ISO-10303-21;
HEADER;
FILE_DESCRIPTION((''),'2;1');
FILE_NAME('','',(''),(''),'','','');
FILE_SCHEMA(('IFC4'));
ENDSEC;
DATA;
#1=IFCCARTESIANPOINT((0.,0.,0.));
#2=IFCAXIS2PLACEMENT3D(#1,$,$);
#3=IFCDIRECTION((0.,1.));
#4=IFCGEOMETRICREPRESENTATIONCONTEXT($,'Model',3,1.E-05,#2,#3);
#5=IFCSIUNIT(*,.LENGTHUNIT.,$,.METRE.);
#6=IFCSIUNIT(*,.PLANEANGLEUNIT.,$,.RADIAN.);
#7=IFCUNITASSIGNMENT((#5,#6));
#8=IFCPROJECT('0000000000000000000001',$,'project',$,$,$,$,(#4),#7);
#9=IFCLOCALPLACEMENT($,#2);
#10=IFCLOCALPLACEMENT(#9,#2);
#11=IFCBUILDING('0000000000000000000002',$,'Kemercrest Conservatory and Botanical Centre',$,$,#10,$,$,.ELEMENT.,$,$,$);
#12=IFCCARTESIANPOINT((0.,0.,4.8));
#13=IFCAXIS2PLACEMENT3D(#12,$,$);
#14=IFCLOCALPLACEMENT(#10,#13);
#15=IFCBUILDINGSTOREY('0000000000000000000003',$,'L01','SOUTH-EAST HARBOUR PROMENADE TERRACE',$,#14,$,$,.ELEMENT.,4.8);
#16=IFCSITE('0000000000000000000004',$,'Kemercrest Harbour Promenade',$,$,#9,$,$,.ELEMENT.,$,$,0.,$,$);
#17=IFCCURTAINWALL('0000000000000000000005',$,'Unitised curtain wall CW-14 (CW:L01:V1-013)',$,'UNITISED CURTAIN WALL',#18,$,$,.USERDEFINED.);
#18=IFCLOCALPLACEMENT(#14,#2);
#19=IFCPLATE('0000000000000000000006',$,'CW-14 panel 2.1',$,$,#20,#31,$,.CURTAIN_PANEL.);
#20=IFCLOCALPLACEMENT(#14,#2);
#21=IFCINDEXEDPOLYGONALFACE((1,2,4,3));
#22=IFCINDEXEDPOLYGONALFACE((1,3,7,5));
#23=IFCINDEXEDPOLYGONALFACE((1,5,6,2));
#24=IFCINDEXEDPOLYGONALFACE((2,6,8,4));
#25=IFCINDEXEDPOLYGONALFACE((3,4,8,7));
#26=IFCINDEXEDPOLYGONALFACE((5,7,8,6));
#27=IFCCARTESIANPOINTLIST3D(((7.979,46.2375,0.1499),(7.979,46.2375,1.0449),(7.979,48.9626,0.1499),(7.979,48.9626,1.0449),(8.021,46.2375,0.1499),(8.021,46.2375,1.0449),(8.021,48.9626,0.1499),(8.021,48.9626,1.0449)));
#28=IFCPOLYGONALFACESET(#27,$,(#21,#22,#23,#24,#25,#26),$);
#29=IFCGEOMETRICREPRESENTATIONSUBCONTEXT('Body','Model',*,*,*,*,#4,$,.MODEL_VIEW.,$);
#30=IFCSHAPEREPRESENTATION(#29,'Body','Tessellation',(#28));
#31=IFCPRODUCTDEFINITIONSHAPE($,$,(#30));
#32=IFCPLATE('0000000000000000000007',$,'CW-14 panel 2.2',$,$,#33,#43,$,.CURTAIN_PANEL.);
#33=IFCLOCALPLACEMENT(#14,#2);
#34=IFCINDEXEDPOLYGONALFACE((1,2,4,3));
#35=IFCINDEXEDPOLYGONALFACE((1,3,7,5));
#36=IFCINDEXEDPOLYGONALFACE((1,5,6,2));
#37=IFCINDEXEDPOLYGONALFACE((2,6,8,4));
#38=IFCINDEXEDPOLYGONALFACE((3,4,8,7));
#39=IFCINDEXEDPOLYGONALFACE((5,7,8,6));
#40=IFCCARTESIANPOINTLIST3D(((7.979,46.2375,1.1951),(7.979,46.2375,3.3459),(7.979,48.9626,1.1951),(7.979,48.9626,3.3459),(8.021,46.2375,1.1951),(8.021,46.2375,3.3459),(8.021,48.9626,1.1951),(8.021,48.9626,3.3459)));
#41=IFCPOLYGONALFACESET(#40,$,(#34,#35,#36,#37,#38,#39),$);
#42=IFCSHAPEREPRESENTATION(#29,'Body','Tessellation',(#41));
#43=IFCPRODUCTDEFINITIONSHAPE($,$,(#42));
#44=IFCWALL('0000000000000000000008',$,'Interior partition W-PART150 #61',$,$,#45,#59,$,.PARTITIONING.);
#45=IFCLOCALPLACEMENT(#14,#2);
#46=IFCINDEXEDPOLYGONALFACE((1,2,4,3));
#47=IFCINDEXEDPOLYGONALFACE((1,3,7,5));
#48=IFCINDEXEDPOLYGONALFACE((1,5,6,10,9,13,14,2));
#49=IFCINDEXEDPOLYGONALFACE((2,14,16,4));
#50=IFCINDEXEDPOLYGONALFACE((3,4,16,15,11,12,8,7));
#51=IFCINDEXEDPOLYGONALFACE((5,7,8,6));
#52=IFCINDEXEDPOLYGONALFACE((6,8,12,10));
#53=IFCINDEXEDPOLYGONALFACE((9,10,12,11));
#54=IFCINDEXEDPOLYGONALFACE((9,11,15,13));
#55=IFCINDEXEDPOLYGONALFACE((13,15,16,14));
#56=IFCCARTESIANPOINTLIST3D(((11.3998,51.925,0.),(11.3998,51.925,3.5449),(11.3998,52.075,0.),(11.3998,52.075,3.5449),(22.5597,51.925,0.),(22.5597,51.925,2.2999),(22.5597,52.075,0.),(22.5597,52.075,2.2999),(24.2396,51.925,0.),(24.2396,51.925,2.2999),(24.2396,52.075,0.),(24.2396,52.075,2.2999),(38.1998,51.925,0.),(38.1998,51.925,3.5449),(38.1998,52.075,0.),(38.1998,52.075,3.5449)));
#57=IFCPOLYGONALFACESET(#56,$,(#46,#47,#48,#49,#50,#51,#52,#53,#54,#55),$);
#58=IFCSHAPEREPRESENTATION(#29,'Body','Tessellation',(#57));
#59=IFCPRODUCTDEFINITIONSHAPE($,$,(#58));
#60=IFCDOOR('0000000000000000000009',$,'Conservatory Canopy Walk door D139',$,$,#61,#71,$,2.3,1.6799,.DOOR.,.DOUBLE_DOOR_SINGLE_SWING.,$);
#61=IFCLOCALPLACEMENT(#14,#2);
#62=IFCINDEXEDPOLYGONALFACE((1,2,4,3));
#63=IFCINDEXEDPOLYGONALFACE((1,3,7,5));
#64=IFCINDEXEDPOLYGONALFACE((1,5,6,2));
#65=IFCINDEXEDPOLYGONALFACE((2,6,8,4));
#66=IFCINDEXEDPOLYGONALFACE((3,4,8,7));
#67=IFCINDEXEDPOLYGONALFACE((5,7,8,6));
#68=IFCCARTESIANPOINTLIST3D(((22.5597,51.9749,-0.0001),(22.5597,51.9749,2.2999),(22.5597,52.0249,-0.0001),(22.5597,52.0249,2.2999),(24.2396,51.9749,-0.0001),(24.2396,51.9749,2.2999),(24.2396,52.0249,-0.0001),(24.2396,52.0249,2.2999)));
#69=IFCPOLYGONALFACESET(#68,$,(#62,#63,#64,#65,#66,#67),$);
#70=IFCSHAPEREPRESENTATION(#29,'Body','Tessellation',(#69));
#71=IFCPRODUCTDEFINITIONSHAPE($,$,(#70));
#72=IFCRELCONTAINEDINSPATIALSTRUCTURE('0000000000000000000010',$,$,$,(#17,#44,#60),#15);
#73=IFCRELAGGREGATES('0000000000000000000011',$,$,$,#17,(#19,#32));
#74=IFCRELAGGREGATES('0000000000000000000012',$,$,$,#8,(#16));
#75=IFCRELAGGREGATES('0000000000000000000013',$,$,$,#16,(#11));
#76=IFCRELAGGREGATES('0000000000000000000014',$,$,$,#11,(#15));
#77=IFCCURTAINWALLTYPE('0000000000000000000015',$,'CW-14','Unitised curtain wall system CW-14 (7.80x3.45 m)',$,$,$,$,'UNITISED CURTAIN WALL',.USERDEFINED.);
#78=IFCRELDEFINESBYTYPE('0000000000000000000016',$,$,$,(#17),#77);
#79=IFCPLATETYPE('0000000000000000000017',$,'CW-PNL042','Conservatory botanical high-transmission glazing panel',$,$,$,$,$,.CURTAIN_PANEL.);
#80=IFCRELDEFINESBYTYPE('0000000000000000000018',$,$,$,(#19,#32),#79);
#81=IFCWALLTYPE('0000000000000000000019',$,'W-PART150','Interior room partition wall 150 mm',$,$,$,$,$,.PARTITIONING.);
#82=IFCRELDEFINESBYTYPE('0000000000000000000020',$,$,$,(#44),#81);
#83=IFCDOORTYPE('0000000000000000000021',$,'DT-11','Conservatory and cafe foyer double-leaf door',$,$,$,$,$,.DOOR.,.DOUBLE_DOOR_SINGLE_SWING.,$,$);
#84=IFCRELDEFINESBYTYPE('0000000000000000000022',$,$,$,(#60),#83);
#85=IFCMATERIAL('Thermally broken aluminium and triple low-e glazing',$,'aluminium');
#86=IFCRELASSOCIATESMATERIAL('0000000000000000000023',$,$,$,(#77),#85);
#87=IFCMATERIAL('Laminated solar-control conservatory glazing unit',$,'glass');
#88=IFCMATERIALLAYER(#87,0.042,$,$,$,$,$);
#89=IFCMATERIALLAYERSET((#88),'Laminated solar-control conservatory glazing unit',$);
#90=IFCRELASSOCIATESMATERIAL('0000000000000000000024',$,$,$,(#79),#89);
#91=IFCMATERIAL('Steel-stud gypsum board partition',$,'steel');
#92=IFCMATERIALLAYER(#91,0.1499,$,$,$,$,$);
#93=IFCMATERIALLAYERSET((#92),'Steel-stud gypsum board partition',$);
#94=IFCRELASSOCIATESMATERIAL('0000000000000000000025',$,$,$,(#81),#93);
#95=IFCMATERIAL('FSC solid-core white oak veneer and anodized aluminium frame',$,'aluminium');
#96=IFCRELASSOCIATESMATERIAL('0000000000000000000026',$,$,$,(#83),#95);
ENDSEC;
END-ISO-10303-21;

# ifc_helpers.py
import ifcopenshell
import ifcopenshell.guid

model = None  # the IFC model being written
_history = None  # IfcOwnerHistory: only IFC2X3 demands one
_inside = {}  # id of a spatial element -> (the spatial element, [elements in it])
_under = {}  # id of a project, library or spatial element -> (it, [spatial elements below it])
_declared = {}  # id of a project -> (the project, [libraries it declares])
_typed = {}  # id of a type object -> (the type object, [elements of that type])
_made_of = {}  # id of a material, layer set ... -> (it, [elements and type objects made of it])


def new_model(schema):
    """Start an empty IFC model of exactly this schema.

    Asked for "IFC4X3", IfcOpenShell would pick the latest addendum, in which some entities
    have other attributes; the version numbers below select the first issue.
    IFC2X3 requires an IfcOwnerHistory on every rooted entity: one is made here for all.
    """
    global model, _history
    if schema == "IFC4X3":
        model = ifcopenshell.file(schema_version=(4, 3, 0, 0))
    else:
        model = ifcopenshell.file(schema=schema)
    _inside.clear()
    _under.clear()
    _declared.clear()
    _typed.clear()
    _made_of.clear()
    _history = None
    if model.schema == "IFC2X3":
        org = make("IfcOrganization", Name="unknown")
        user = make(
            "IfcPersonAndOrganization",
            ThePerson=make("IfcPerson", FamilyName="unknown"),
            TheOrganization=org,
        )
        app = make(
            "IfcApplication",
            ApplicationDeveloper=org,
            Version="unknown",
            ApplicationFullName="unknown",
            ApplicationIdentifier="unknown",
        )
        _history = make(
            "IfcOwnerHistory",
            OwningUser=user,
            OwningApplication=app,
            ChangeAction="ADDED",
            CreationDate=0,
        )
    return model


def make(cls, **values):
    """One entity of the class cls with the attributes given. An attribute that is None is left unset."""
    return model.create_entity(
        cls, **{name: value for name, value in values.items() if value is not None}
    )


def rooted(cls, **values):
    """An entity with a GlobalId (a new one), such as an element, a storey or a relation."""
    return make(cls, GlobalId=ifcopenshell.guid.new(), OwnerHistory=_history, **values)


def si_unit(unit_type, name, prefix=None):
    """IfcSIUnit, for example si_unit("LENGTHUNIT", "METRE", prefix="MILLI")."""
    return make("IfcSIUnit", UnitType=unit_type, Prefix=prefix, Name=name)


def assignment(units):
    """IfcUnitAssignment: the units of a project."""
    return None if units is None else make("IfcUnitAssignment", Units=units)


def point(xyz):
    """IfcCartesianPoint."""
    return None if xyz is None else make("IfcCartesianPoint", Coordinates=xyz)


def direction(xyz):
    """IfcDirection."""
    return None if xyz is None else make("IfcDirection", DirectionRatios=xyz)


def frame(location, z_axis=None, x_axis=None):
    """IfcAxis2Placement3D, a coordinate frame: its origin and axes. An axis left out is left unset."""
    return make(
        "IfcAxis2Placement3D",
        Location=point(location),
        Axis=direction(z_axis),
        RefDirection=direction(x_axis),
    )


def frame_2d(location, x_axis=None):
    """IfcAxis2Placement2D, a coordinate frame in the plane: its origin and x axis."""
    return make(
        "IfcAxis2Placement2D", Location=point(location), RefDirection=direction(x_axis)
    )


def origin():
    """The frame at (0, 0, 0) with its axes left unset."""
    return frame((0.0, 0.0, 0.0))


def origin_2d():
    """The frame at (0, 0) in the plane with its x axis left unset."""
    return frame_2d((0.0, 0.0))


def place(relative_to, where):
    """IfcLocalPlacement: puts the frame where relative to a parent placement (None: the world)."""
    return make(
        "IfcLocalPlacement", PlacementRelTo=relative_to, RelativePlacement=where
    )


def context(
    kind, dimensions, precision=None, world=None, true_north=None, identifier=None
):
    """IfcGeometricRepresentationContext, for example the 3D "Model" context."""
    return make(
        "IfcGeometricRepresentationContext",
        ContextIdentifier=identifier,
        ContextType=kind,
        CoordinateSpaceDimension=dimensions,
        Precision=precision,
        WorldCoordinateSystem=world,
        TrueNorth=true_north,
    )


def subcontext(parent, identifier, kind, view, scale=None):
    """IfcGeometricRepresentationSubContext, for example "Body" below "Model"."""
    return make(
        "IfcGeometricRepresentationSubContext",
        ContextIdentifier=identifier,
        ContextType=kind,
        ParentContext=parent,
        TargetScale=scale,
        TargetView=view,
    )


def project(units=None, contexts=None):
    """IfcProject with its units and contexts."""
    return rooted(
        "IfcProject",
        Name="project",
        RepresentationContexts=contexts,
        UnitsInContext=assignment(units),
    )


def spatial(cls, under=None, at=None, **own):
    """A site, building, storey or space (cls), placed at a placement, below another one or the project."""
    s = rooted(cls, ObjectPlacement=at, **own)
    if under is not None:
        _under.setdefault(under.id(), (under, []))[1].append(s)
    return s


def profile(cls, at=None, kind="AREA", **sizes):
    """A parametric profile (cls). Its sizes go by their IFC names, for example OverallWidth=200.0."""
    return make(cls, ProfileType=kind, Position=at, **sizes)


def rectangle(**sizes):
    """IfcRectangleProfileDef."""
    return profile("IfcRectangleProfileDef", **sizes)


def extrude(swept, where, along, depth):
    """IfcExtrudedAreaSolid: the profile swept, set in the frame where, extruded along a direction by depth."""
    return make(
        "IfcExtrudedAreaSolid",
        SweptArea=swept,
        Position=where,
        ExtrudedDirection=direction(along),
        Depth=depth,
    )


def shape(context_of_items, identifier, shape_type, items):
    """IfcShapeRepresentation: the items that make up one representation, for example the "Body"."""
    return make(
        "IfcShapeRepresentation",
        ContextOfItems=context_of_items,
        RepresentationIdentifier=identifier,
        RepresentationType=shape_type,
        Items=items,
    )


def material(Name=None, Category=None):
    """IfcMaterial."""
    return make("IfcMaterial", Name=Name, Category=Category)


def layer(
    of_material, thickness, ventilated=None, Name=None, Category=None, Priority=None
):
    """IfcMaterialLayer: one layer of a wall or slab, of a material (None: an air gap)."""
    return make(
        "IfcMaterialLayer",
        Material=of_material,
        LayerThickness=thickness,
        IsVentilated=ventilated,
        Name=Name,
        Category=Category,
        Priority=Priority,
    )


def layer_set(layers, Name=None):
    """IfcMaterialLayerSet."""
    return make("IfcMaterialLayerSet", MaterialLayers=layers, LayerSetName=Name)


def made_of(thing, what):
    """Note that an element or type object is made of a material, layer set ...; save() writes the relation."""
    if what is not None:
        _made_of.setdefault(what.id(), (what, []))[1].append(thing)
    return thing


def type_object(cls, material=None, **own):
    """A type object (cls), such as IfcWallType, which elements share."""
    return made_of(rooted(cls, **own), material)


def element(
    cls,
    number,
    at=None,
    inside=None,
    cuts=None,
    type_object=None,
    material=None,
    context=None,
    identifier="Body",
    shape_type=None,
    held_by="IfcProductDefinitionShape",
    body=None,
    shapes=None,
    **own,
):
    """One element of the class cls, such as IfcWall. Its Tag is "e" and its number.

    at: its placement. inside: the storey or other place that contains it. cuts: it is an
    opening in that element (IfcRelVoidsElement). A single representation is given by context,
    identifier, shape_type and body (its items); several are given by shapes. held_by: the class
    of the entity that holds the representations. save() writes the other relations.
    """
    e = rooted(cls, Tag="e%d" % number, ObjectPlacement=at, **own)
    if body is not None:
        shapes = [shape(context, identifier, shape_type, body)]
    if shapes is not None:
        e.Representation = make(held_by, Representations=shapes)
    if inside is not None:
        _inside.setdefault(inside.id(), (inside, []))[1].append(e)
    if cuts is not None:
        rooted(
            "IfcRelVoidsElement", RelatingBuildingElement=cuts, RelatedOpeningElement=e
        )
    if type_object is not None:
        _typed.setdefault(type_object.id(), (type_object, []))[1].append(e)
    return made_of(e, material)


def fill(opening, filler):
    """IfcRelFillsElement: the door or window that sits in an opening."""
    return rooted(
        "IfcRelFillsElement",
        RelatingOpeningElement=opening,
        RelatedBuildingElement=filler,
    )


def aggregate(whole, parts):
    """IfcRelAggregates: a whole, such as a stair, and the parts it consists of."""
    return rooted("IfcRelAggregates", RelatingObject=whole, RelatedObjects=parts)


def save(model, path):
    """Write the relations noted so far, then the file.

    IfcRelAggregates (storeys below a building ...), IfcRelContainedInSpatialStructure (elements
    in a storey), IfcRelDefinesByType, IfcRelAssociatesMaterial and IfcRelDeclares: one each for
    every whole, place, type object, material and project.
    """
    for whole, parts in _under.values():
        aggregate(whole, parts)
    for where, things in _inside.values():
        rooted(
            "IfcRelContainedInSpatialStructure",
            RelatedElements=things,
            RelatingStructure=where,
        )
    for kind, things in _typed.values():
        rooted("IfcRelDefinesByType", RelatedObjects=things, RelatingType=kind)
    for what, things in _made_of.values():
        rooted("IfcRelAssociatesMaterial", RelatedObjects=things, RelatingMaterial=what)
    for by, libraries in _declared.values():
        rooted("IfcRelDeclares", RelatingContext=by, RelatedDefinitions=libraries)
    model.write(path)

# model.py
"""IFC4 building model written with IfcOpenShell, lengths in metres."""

from ifc_helpers import new_model, si_unit, direction, frame, frame_2d, origin, origin_2d, place, context, subcontext, project, spatial, rectangle, extrude, material, layer, layer_set, type_object, element, fill, aggregate, save


model = new_model("IFC4")

# Units and contexts
model_context = context("Model", 3, precision=1e-05, world=origin(), true_north=direction((0.0, 1.0)))
body_context = subcontext(model_context, "Body", "Model", "MODEL_VIEW")
ifc_project = project(units=[si_unit("LENGTHUNIT", "METRE"), si_unit("PLANEANGLEUNIT", "RADIAN")], contexts=[model_context])

# Site, building, storey
site_placement = place(None, origin())
site = spatial("IfcSite", under=ifc_project, at=site_placement, Name="Kemercrest Harbour Promenade", CompositionType="ELEMENT", RefElevation=0.0)
building_placement = place(site_placement, origin())
building = spatial("IfcBuilding", under=site, at=building_placement, Name="Kemercrest Conservatory and Botanical Centre", CompositionType="ELEMENT")
storey_placement = place(building_placement, frame((0.0, 0.0, 4.8)))
storey = spatial("IfcBuildingStorey", under=building, at=storey_placement, Name="L01", Description="SOUTH-EAST HARBOUR PROMENADE TERRACE", CompositionType="ELEMENT", Elevation=4.8)

# Curtain wall
ifc_material_1 = material(Name="Thermally broken aluminium and triple low-e glazing", Category="aluminium")
curtain_wall_type = type_object("IfcCurtainWallType", Name="CW-14", Description="Unitised curtain wall system CW-14 (7.80x3.45 m)", ElementType="UNITISED CURTAIN WALL", PredefinedType="USERDEFINED", material=ifc_material_1)
curtain_wall_placement = place(storey_placement, origin())
curtain_wall = element("IfcCurtainWall", 1, at=curtain_wall_placement, inside=storey, type_object=curtain_wall_type, Name="Unitised curtain wall CW-14 (CW:L01:V1-013)", ObjectType="UNITISED CURTAIN WALL", PredefinedType="USERDEFINED")

# Plates
ifc_material_2 = material(Name="Laminated solar-control conservatory glazing unit", Category="glass")
ifc_layer_1 = layer(ifc_material_2, 0.042)
ifc_layer_set_1 = layer_set([ifc_layer_1], Name="Laminated solar-control conservatory glazing unit")
plate_type = type_object("IfcPlateType", Name="CW-PNL042", Description="Conservatory botanical high-transmission glazing panel", PredefinedType="CURTAIN_PANEL", material=ifc_layer_set_1)
plate_1_placement = place(storey_placement, frame((8.0, 47.6001, 0.1499), z_axis=(0.0, 0.0, 1.0), x_axis=(0.0, -1.0, 0.0)))
plate_1 = element("IfcPlate", 2, at=plate_1_placement, type_object=plate_type, Name="CW-14 panel 2.1", PredefinedType="CURTAIN_PANEL", context=body_context, shape_type="SweptSolid", body=[
    extrude(rectangle(XDim=2.7251, YDim=0.042, at=origin_2d()), origin(), (0.0, 0.0, 1.0), 0.895),
])
plate_2_placement = place(storey_placement, frame((8.0, 47.6001, 1.1951), z_axis=(0.0, 0.0, 1.0), x_axis=(0.0, -1.0, 0.0)))
plate_2 = element("IfcPlate", 3, at=plate_2_placement, type_object=plate_type, Name="CW-14 panel 2.2", PredefinedType="CURTAIN_PANEL", context=body_context, shape_type="SweptSolid", body=[
    extrude(rectangle(XDim=2.7251, YDim=0.042, at=origin_2d()), origin(), (0.0, 0.0, 1.0), 2.1509),
])
aggregate(curtain_wall, [plate_1, plate_2])

# Wall, opening, door
ifc_material_3 = material(Name="Steel-stud gypsum board partition", Category="steel")
ifc_layer_2 = layer(ifc_material_3, 0.1499)
ifc_layer_set_2 = layer_set([ifc_layer_2], Name="Steel-stud gypsum board partition")
wall_type = type_object("IfcWallType", Name="W-PART150", Description="Interior room partition wall 150 mm", PredefinedType="PARTITIONING", material=ifc_layer_set_2)
wall_placement = place(storey_placement, frame((11.3999, 52.0, 0.0), z_axis=(0.0, 0.0, 1.0), x_axis=(1.0, 0.0, 0.0)))
wall = element("IfcWall", 4, at=wall_placement, inside=storey, type_object=wall_type, Name="Interior partition W-PART150 #61", PredefinedType="PARTITIONING", context=body_context, shape_type="SweptSolid", body=[
    extrude(rectangle(XDim=26.8, YDim=0.1499, at=frame_2d((13.3999, 0.0))), origin(), (0.0, 0.0, 1.0), 3.5449),
])
opening_placement = place(wall_placement, frame((11.1599, 0.0, 0.0)))
opening = element("IfcOpeningElement", 5, at=opening_placement, cuts=wall, PredefinedType="OPENING", context=body_context, shape_type="SweptSolid", body=[
    extrude(rectangle(XDim=1.6799, YDim=2.3, at=frame_2d((0.8398, 1.1499))), frame((0.0, 0.085, 0.0), z_axis=(0.0, -1.0, 0.0), x_axis=(1.0, 0.0, 0.0)), (0.0, 0.0, 1.0), 0.1699),
])
ifc_material_4 = material(Name="FSC solid-core white oak veneer and anodized aluminium frame", Category="aluminium")
door_type = type_object("IfcDoorType", Name="DT-11", Description="Conservatory and cafe foyer double-leaf door", OperationType="DOUBLE_DOOR_SINGLE_SWING", PredefinedType="DOOR", material=ifc_material_4)
door_placement = place(opening_placement, origin())
door = element("IfcDoor", 6, at=door_placement, inside=storey, type_object=door_type, Name="Conservatory Canopy Walk door D139", OperationType="DOUBLE_DOOR_SINGLE_SWING", OverallHeight=2.3, OverallWidth=1.6799, PredefinedType="DOOR", context=body_context, shape_type="SweptSolid", body=[
    extrude(rectangle(XDim=1.6799, YDim=2.3, at=frame_2d((0.8398, 1.1499))), frame((0.0, 0.0249, 0.0), z_axis=(0.0, -1.0, 0.0), x_axis=(1.0, 0.0, 0.0)), (0.0, 0.0, 1.0), 0.05),
])
fill(opening, door)

save(model, "model.ifc")
